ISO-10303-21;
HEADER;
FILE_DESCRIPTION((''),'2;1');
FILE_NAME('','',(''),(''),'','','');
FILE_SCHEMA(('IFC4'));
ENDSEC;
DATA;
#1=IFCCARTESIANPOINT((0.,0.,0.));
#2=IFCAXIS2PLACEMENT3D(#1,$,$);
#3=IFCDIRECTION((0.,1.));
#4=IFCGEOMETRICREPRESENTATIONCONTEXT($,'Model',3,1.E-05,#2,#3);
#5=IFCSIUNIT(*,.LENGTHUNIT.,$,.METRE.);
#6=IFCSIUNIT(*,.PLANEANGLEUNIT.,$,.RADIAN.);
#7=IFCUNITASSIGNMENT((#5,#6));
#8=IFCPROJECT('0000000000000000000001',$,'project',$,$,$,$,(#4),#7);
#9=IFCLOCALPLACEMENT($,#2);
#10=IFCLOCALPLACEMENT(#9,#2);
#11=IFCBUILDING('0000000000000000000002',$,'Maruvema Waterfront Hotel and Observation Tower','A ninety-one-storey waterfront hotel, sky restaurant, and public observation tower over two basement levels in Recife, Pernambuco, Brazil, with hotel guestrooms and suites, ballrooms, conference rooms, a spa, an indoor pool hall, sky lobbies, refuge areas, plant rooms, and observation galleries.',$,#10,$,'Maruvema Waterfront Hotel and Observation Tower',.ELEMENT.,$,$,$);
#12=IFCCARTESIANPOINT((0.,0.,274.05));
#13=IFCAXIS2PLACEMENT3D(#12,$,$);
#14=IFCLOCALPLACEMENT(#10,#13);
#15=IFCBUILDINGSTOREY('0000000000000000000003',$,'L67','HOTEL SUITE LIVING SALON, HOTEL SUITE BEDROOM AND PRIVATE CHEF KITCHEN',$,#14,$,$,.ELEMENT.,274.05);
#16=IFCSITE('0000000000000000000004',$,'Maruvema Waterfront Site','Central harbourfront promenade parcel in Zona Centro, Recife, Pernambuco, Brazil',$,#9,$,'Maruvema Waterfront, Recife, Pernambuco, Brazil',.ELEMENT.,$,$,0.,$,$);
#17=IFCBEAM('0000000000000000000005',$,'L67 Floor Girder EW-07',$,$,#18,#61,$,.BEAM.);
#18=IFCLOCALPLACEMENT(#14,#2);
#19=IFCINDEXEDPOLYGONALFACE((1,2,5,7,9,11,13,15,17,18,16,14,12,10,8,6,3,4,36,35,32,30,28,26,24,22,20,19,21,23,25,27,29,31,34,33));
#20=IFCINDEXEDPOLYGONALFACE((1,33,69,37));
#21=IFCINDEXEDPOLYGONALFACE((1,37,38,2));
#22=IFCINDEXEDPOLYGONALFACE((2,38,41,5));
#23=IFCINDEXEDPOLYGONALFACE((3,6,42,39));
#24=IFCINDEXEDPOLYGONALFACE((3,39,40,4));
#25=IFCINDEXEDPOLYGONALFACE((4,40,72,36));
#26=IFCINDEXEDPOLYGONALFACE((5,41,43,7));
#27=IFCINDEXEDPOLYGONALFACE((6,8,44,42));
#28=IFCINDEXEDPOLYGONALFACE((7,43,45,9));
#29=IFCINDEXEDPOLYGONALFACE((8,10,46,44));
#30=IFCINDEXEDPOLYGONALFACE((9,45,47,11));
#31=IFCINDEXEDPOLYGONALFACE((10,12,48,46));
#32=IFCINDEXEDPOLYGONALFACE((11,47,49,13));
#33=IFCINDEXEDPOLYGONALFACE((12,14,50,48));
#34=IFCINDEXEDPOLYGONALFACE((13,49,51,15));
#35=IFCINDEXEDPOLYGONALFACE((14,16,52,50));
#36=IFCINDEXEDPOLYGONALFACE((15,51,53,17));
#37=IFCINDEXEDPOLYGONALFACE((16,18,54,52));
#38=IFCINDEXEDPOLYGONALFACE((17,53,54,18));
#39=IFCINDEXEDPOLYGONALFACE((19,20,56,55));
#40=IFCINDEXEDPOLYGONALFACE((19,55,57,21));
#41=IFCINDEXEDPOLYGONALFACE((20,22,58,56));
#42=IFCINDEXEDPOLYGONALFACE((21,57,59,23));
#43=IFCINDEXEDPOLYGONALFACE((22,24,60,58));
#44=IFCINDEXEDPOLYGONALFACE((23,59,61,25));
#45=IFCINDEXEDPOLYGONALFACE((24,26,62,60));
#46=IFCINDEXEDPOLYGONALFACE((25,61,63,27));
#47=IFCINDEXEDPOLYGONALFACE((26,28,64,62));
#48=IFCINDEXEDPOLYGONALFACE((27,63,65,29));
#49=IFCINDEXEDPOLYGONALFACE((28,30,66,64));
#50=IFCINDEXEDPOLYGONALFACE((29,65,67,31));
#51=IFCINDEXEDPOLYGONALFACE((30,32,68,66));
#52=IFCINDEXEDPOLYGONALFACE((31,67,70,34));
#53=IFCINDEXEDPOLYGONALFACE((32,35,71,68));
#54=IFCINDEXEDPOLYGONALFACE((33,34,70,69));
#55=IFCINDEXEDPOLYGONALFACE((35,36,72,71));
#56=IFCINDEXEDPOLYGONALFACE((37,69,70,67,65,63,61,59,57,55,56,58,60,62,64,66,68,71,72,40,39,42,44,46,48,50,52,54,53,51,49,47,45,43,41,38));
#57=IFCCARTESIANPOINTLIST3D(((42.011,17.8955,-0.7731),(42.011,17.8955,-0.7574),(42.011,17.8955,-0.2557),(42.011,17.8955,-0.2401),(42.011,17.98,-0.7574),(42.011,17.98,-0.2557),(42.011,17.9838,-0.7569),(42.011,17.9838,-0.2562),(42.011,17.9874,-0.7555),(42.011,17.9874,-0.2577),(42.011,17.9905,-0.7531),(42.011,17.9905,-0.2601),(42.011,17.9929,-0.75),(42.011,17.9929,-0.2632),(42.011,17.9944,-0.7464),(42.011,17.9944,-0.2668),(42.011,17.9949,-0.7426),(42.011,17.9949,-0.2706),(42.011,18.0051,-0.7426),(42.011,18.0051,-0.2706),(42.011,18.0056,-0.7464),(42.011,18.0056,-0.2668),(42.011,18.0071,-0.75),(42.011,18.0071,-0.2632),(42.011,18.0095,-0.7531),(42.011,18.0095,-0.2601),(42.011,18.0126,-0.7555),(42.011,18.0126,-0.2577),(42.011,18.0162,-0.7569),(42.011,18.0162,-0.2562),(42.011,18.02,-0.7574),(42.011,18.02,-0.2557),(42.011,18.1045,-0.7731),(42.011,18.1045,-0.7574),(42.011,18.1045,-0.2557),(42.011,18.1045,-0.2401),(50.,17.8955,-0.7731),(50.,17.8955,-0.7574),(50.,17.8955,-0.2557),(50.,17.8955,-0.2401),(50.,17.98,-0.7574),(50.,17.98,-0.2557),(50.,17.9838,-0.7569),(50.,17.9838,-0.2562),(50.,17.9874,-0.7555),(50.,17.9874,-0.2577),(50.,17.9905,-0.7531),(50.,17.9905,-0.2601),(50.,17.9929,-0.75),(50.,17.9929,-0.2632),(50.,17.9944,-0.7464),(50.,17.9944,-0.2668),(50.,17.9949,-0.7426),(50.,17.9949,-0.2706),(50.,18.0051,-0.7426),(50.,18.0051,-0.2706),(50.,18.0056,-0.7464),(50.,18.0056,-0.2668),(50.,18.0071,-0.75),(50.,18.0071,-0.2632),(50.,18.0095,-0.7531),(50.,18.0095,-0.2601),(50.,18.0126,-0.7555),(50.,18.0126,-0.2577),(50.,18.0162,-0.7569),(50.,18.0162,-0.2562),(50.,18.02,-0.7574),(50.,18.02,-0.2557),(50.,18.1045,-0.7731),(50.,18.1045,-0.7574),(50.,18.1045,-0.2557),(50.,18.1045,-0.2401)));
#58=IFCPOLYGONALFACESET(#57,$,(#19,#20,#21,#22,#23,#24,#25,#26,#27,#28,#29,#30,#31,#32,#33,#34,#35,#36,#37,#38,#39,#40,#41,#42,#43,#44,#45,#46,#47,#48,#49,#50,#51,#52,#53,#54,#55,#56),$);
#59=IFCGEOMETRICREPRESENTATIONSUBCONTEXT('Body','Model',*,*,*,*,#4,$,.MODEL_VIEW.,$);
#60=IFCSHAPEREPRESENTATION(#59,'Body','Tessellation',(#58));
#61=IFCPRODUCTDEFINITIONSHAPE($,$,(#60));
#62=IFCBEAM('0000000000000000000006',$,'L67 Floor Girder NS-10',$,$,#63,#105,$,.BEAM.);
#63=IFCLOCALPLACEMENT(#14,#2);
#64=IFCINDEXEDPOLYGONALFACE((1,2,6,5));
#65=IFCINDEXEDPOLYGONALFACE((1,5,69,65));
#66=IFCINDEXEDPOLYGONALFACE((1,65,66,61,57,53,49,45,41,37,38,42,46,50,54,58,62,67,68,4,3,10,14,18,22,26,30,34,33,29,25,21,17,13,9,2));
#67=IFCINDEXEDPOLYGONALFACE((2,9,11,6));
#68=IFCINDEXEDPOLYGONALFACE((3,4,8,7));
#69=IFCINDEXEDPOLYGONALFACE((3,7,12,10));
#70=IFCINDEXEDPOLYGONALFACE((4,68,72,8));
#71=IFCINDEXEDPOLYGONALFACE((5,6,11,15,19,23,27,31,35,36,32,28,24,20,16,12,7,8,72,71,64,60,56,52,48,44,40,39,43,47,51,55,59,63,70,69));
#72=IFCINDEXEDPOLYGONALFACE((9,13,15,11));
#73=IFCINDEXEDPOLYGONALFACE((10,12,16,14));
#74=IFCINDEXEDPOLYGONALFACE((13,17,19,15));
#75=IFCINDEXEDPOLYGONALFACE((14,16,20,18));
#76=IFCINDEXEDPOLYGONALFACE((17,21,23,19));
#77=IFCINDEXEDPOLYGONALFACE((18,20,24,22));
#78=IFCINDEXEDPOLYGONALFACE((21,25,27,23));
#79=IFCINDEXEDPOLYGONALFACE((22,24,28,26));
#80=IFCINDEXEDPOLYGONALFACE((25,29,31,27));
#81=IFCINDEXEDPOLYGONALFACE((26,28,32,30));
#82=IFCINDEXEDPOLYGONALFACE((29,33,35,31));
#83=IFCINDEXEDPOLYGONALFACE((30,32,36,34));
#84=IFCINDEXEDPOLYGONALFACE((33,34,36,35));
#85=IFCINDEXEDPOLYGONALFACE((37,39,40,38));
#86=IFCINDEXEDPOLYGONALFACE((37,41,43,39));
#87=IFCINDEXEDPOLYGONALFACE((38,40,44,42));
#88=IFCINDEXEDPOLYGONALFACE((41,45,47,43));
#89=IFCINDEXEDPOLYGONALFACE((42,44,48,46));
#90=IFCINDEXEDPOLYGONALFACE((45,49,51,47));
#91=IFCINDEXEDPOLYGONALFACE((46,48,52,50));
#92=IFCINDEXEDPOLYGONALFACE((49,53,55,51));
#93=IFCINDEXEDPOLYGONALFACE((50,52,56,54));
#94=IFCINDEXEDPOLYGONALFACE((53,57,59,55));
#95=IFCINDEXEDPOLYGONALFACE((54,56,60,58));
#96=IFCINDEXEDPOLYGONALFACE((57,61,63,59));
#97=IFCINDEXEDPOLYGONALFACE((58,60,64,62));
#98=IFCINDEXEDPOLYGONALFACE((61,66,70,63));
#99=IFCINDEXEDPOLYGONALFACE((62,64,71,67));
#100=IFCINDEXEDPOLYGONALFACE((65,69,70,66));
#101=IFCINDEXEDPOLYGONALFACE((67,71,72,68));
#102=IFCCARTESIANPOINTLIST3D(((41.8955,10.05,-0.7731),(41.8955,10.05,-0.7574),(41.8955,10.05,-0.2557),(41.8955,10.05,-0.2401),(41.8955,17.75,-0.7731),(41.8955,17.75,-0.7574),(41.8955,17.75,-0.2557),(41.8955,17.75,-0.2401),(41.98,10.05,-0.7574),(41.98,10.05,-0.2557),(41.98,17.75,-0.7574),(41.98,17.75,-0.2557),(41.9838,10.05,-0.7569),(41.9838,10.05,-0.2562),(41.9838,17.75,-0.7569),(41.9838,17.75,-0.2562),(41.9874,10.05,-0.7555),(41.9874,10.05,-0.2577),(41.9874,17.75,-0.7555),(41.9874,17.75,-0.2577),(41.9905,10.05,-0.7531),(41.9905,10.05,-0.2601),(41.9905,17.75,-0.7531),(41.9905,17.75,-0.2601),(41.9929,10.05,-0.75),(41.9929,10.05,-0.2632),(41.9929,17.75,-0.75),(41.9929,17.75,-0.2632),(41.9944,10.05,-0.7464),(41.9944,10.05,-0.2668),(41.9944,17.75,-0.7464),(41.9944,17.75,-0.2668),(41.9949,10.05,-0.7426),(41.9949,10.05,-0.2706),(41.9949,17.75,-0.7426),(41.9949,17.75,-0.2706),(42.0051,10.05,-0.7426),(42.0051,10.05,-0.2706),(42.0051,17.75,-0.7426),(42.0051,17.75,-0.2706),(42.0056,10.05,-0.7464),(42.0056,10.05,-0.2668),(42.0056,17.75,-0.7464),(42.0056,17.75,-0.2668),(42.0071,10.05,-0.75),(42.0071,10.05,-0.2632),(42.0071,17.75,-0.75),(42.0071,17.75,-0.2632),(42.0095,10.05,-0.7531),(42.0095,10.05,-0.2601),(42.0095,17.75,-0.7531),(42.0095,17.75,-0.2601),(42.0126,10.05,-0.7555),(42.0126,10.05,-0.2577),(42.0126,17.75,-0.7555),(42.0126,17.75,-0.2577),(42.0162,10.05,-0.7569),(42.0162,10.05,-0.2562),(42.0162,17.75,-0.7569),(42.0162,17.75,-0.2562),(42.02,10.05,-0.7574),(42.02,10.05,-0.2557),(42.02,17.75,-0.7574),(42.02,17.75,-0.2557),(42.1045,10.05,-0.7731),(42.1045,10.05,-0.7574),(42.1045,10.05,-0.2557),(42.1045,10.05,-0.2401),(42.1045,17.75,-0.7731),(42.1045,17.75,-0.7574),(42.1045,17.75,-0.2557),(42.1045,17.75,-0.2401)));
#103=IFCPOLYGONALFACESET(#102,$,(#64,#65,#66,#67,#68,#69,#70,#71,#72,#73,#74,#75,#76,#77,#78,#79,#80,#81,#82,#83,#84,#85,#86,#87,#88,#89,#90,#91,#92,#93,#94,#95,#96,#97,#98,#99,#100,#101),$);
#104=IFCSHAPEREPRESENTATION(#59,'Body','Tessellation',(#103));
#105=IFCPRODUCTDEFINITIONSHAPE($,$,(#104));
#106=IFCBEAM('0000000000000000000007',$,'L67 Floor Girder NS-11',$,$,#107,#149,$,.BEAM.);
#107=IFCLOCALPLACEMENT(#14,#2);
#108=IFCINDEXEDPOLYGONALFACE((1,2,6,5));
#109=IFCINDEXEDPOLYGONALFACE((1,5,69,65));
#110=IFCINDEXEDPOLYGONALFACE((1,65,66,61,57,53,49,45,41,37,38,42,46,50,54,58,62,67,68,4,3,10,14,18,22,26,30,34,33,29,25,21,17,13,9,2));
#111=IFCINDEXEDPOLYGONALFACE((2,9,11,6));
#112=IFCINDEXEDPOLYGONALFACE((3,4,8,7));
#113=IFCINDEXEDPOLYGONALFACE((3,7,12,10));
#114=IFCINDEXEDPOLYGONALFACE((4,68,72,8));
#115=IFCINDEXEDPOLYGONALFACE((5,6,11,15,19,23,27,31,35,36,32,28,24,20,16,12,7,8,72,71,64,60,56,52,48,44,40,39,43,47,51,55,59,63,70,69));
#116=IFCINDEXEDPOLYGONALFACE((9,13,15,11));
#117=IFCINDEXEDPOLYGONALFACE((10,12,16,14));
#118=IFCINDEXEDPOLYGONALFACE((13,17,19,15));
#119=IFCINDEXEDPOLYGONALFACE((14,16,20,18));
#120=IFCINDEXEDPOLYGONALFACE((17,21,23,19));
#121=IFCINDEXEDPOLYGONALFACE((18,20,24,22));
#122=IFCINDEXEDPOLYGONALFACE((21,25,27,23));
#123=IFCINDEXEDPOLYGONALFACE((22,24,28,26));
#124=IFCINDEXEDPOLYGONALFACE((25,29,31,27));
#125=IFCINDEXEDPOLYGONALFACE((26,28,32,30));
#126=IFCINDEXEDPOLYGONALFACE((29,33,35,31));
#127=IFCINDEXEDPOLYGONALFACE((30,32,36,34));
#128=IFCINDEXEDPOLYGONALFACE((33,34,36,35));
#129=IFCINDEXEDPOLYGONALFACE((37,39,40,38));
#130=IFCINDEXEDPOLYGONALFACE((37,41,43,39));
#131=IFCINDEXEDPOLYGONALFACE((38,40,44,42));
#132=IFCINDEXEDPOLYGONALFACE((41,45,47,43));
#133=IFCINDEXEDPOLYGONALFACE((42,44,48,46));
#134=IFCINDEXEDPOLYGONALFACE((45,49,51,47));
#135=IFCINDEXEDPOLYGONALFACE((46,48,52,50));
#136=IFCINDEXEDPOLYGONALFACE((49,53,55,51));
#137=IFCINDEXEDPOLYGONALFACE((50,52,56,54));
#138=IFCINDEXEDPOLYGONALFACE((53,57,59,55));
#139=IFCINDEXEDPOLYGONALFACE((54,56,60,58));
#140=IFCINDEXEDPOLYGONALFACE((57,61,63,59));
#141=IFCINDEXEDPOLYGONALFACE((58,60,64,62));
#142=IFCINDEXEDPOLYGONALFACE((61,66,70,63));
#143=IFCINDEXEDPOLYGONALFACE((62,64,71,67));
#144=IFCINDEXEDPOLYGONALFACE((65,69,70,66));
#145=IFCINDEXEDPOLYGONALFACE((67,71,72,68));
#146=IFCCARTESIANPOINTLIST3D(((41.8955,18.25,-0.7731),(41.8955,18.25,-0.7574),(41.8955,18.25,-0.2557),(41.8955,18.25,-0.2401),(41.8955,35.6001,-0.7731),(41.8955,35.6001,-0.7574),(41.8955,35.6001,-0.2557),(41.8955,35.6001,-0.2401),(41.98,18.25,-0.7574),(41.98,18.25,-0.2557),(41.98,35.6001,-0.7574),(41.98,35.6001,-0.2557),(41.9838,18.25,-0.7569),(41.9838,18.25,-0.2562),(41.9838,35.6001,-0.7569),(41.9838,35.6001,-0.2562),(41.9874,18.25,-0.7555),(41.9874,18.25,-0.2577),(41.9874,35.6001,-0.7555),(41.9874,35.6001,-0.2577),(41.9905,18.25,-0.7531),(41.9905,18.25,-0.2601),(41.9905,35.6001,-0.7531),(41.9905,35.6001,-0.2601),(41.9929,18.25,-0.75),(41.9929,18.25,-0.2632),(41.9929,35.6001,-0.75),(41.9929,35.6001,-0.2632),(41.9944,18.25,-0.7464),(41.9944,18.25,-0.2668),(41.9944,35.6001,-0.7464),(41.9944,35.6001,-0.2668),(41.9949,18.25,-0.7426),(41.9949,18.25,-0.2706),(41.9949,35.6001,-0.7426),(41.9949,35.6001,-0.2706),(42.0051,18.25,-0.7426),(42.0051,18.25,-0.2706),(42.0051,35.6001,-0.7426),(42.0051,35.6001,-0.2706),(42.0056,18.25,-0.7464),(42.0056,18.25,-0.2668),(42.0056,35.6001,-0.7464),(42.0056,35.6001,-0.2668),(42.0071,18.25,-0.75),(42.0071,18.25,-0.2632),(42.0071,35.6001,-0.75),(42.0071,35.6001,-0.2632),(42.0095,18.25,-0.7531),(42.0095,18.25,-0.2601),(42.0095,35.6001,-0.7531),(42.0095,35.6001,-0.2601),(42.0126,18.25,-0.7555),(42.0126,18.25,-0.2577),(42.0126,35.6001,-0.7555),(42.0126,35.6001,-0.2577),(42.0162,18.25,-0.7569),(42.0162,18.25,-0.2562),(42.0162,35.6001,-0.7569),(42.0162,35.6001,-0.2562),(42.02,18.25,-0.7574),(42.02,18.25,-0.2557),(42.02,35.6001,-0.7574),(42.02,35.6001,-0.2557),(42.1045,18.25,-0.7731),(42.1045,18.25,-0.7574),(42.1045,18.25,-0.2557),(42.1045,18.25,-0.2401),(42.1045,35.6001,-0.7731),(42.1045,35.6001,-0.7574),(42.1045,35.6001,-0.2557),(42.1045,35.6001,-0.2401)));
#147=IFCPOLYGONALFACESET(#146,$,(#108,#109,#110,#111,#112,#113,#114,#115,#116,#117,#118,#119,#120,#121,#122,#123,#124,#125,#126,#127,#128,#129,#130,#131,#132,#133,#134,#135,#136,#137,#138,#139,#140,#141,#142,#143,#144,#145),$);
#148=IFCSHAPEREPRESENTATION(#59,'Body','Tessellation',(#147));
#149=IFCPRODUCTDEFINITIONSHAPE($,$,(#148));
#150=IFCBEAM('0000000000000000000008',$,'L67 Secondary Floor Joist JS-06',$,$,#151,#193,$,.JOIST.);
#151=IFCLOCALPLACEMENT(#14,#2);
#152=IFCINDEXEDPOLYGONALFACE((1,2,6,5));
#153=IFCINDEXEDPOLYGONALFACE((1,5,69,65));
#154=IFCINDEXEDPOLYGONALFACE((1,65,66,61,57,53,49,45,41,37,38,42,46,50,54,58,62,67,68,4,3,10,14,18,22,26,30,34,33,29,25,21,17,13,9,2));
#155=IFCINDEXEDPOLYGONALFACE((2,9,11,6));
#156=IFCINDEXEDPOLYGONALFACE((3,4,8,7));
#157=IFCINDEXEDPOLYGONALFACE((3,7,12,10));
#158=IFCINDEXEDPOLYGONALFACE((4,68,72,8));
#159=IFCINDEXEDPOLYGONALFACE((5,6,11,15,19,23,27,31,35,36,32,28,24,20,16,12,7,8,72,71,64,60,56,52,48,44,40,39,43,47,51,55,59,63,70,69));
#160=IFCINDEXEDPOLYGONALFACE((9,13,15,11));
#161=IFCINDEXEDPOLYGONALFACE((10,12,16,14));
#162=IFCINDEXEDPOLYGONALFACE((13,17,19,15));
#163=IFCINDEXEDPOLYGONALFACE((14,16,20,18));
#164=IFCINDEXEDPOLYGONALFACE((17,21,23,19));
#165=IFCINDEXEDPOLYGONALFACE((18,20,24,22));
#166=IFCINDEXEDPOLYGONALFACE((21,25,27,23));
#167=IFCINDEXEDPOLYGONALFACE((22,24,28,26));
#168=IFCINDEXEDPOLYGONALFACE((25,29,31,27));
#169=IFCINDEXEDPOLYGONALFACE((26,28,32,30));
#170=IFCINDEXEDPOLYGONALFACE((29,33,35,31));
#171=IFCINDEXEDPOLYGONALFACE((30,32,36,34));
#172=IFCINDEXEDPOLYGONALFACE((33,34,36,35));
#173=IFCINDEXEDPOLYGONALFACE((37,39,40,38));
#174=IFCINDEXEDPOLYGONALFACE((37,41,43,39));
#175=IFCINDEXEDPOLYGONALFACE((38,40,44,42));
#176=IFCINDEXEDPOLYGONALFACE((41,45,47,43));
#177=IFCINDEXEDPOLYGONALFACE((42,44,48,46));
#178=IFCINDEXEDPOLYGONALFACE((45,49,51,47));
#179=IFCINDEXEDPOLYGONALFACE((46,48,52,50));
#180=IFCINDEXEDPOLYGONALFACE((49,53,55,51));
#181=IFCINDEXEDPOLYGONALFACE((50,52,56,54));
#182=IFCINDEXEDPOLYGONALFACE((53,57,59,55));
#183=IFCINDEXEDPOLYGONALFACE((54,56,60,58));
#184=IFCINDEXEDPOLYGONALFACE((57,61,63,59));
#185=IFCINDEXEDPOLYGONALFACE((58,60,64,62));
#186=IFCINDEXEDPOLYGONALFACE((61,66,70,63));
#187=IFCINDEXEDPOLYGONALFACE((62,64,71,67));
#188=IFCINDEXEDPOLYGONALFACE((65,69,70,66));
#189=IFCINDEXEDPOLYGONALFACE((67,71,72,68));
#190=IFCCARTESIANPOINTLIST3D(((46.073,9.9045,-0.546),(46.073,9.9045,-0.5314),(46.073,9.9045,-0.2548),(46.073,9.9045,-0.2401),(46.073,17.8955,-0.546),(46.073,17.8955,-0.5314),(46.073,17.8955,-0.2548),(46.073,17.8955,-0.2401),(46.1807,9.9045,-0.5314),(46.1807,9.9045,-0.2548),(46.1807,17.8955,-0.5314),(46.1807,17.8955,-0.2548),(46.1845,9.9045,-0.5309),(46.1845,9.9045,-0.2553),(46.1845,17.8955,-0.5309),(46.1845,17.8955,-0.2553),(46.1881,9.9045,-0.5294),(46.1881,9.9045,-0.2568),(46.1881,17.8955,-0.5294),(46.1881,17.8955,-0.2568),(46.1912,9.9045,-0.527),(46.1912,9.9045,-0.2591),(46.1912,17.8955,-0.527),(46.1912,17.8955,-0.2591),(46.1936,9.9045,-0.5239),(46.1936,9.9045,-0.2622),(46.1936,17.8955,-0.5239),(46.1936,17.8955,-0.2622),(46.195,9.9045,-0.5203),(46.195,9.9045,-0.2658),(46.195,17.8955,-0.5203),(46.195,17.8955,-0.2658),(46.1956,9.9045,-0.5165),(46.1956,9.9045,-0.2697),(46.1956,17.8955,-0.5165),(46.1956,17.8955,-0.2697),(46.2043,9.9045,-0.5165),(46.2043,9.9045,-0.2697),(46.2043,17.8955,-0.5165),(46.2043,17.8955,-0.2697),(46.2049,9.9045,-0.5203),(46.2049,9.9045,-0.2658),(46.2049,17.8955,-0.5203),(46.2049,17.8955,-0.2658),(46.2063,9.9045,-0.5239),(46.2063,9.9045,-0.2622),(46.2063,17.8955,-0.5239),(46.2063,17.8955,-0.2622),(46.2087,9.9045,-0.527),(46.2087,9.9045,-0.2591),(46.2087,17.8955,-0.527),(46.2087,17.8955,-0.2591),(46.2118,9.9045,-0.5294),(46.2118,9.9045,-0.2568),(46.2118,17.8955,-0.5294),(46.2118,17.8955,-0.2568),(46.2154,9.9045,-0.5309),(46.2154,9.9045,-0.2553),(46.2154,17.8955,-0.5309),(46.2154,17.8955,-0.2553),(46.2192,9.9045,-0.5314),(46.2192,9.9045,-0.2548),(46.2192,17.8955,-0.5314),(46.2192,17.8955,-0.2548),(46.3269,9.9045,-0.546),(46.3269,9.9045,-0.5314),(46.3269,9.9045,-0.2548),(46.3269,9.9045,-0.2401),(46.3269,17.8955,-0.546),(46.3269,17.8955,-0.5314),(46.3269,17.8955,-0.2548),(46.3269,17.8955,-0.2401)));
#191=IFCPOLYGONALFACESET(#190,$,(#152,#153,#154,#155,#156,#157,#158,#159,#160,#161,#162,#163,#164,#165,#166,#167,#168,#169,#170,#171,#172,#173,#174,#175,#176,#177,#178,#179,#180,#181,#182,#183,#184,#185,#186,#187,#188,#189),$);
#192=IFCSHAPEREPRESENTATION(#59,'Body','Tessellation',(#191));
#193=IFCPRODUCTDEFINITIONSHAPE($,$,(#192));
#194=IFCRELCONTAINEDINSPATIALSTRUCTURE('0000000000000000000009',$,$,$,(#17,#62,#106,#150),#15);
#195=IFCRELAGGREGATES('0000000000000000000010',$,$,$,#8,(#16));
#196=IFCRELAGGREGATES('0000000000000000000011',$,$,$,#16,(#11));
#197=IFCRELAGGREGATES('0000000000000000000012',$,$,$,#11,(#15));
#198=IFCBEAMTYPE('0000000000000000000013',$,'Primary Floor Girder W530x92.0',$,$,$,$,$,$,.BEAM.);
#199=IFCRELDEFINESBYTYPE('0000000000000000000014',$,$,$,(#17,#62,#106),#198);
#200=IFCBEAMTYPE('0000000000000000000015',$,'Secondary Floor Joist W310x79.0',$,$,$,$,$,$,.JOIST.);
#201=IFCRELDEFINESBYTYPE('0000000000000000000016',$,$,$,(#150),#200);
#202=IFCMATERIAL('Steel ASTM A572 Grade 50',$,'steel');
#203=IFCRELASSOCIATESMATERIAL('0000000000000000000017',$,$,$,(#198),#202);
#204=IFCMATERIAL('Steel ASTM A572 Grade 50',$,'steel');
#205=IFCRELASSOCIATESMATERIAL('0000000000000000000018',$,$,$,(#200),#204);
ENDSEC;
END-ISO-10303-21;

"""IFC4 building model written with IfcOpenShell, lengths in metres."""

from ifc_helpers import new_model, si_unit, direction, frame, origin, origin_2d, place, context, subcontext, project, spatial, i_section, extrude, material, material_profile, profile_set, type_object, element, save


model = new_model("IFC4")

# Units and contexts
model_context = context("Model", 3, precision=1e-05, world=origin(), true_north=direction((0.0, 1.0)))
body_context = subcontext(model_context, "Body", "Model", "MODEL_VIEW")
ifc_project = project(units=[si_unit("LENGTHUNIT", "METRE"), si_unit("PLANEANGLEUNIT", "RADIAN")], contexts=[model_context])

# Site, building, storey
site_placement = place(None, origin())
site = spatial("IfcSite", under=ifc_project, at=site_placement, Name="Maruvema Waterfront Site", Description="Central harbourfront promenade parcel in Zona Centro, Recife, Pernambuco, Brazil", LongName="Maruvema Waterfront, Recife, Pernambuco, Brazil", CompositionType="ELEMENT", RefElevation=0.0)
building_placement = place(site_placement, origin())
building = spatial("IfcBuilding", under=site, at=building_placement, Name="Maruvema Waterfront Hotel and Observation Tower", Description="A ninety-one-storey waterfront hotel, sky restaurant, and public observation tower over two basement levels in Recife, Pernambuco, Brazil, with hotel guestrooms and suites, ballrooms, conference rooms, a spa, an indoor pool hall, sky lobbies, refuge areas, plant rooms, and observation galleries.", LongName="Maruvema Waterfront Hotel and Observation Tower", CompositionType="ELEMENT")
storey_placement = place(building_placement, frame((0.0, 0.0, 274.05)))
storey = spatial("IfcBuildingStorey", under=building, at=storey_placement, Name="L67", Description="HOTEL SUITE LIVING SALON, HOTEL SUITE BEDROOM AND PRIVATE CHEF KITCHEN", CompositionType="ELEMENT", Elevation=274.05)

# Beams
ifc_material_1 = material(Name="Steel ASTM A572 Grade 50", Category="steel")
ifc_material_profile_1 = material_profile(ifc_material_1, i_section(OverallWidth=0.209, OverallDepth=0.533, WebThickness=0.0103, FlangeThickness=0.0156, FilletRadius=0.0149, at=origin_2d()), Name="W530x92.0")
ifc_profile_set_1 = profile_set([ifc_material_profile_1], Name="Steel ASTM A572 Grade 50")
beam_type_1 = type_object("IfcBeamType", Name="Primary Floor Girder W530x92.0", PredefinedType="BEAM", material=ifc_profile_set_1)
beam_1_placement = place(storey_placement, frame((42.011, 18.0, -0.5066), z_axis=(1.0, 0.0, 0.0), x_axis=(0.0, 1.0, 0.0)))
element("IfcBeam", 1, at=beam_1_placement, inside=storey, type_object=beam_type_1, Name="L67 Floor Girder EW-07", PredefinedType="BEAM", context=body_context, shape_type="SweptSolid", body=[
    extrude(i_section(OverallWidth=0.209, OverallDepth=0.533, WebThickness=0.0103, FlangeThickness=0.0156, FilletRadius=0.0149, at=origin_2d()), origin(), (0.0, 0.0, 1.0), 7.989),
])
beam_2_placement = place(storey_placement, frame((42.0, 10.05, -0.5066), z_axis=(0.0, 1.0, 0.0), x_axis=(-1.0, 0.0, 0.0)))
element("IfcBeam", 2, at=beam_2_placement, inside=storey, type_object=beam_type_1, Name="L67 Floor Girder NS-10", PredefinedType="BEAM", context=body_context, shape_type="SweptSolid", body=[
    extrude(i_section(OverallWidth=0.209, OverallDepth=0.533, WebThickness=0.0103, FlangeThickness=0.0156, FilletRadius=0.0149, at=origin_2d()), origin(), (0.0, 0.0, 1.0), 7.7),
])
beam_3_placement = place(storey_placement, frame((42.0, 18.25, -0.5066), z_axis=(0.0, 1.0, 0.0), x_axis=(-1.0, 0.0, 0.0)))
element("IfcBeam", 3, at=beam_3_placement, inside=storey, type_object=beam_type_1, Name="L67 Floor Girder NS-11", PredefinedType="BEAM", context=body_context, shape_type="SweptSolid", body=[
    extrude(i_section(OverallWidth=0.209, OverallDepth=0.533, WebThickness=0.0103, FlangeThickness=0.0156, FilletRadius=0.0149, at=origin_2d()), origin(), (0.0, 0.0, 1.0), 17.3501),
])
ifc_material_2 = material(Name="Steel ASTM A572 Grade 50", Category="steel")
ifc_material_profile_2 = material_profile(ifc_material_2, i_section(OverallWidth=0.2539, OverallDepth=0.3059, WebThickness=0.0088, FlangeThickness=0.0146, FilletRadius=0.0149, at=origin_2d()), Name="W310x79.0")
ifc_profile_set_2 = profile_set([ifc_material_profile_2], Name="Steel ASTM A572 Grade 50")
beam_type_2 = type_object("IfcBeamType", Name="Secondary Floor Joist W310x79.0", PredefinedType="JOIST", material=ifc_profile_set_2)
beam_4_placement = place(storey_placement, frame((46.2, 9.9045, -0.3931), z_axis=(0.0, 1.0, 0.0), x_axis=(-1.0, 0.0, 0.0)))
element("IfcBeam", 4, at=beam_4_placement, inside=storey, type_object=beam_type_2, Name="L67 Secondary Floor Joist JS-06", PredefinedType="JOIST", context=body_context, shape_type="SweptSolid", body=[
    extrude(i_section(OverallWidth=0.2539, OverallDepth=0.3059, WebThickness=0.0088, FlangeThickness=0.0146, FilletRadius=0.0149, at=origin_2d()), origin(), (0.0, 0.0, 1.0), 7.991),
])

save(model, "model.ifc")
